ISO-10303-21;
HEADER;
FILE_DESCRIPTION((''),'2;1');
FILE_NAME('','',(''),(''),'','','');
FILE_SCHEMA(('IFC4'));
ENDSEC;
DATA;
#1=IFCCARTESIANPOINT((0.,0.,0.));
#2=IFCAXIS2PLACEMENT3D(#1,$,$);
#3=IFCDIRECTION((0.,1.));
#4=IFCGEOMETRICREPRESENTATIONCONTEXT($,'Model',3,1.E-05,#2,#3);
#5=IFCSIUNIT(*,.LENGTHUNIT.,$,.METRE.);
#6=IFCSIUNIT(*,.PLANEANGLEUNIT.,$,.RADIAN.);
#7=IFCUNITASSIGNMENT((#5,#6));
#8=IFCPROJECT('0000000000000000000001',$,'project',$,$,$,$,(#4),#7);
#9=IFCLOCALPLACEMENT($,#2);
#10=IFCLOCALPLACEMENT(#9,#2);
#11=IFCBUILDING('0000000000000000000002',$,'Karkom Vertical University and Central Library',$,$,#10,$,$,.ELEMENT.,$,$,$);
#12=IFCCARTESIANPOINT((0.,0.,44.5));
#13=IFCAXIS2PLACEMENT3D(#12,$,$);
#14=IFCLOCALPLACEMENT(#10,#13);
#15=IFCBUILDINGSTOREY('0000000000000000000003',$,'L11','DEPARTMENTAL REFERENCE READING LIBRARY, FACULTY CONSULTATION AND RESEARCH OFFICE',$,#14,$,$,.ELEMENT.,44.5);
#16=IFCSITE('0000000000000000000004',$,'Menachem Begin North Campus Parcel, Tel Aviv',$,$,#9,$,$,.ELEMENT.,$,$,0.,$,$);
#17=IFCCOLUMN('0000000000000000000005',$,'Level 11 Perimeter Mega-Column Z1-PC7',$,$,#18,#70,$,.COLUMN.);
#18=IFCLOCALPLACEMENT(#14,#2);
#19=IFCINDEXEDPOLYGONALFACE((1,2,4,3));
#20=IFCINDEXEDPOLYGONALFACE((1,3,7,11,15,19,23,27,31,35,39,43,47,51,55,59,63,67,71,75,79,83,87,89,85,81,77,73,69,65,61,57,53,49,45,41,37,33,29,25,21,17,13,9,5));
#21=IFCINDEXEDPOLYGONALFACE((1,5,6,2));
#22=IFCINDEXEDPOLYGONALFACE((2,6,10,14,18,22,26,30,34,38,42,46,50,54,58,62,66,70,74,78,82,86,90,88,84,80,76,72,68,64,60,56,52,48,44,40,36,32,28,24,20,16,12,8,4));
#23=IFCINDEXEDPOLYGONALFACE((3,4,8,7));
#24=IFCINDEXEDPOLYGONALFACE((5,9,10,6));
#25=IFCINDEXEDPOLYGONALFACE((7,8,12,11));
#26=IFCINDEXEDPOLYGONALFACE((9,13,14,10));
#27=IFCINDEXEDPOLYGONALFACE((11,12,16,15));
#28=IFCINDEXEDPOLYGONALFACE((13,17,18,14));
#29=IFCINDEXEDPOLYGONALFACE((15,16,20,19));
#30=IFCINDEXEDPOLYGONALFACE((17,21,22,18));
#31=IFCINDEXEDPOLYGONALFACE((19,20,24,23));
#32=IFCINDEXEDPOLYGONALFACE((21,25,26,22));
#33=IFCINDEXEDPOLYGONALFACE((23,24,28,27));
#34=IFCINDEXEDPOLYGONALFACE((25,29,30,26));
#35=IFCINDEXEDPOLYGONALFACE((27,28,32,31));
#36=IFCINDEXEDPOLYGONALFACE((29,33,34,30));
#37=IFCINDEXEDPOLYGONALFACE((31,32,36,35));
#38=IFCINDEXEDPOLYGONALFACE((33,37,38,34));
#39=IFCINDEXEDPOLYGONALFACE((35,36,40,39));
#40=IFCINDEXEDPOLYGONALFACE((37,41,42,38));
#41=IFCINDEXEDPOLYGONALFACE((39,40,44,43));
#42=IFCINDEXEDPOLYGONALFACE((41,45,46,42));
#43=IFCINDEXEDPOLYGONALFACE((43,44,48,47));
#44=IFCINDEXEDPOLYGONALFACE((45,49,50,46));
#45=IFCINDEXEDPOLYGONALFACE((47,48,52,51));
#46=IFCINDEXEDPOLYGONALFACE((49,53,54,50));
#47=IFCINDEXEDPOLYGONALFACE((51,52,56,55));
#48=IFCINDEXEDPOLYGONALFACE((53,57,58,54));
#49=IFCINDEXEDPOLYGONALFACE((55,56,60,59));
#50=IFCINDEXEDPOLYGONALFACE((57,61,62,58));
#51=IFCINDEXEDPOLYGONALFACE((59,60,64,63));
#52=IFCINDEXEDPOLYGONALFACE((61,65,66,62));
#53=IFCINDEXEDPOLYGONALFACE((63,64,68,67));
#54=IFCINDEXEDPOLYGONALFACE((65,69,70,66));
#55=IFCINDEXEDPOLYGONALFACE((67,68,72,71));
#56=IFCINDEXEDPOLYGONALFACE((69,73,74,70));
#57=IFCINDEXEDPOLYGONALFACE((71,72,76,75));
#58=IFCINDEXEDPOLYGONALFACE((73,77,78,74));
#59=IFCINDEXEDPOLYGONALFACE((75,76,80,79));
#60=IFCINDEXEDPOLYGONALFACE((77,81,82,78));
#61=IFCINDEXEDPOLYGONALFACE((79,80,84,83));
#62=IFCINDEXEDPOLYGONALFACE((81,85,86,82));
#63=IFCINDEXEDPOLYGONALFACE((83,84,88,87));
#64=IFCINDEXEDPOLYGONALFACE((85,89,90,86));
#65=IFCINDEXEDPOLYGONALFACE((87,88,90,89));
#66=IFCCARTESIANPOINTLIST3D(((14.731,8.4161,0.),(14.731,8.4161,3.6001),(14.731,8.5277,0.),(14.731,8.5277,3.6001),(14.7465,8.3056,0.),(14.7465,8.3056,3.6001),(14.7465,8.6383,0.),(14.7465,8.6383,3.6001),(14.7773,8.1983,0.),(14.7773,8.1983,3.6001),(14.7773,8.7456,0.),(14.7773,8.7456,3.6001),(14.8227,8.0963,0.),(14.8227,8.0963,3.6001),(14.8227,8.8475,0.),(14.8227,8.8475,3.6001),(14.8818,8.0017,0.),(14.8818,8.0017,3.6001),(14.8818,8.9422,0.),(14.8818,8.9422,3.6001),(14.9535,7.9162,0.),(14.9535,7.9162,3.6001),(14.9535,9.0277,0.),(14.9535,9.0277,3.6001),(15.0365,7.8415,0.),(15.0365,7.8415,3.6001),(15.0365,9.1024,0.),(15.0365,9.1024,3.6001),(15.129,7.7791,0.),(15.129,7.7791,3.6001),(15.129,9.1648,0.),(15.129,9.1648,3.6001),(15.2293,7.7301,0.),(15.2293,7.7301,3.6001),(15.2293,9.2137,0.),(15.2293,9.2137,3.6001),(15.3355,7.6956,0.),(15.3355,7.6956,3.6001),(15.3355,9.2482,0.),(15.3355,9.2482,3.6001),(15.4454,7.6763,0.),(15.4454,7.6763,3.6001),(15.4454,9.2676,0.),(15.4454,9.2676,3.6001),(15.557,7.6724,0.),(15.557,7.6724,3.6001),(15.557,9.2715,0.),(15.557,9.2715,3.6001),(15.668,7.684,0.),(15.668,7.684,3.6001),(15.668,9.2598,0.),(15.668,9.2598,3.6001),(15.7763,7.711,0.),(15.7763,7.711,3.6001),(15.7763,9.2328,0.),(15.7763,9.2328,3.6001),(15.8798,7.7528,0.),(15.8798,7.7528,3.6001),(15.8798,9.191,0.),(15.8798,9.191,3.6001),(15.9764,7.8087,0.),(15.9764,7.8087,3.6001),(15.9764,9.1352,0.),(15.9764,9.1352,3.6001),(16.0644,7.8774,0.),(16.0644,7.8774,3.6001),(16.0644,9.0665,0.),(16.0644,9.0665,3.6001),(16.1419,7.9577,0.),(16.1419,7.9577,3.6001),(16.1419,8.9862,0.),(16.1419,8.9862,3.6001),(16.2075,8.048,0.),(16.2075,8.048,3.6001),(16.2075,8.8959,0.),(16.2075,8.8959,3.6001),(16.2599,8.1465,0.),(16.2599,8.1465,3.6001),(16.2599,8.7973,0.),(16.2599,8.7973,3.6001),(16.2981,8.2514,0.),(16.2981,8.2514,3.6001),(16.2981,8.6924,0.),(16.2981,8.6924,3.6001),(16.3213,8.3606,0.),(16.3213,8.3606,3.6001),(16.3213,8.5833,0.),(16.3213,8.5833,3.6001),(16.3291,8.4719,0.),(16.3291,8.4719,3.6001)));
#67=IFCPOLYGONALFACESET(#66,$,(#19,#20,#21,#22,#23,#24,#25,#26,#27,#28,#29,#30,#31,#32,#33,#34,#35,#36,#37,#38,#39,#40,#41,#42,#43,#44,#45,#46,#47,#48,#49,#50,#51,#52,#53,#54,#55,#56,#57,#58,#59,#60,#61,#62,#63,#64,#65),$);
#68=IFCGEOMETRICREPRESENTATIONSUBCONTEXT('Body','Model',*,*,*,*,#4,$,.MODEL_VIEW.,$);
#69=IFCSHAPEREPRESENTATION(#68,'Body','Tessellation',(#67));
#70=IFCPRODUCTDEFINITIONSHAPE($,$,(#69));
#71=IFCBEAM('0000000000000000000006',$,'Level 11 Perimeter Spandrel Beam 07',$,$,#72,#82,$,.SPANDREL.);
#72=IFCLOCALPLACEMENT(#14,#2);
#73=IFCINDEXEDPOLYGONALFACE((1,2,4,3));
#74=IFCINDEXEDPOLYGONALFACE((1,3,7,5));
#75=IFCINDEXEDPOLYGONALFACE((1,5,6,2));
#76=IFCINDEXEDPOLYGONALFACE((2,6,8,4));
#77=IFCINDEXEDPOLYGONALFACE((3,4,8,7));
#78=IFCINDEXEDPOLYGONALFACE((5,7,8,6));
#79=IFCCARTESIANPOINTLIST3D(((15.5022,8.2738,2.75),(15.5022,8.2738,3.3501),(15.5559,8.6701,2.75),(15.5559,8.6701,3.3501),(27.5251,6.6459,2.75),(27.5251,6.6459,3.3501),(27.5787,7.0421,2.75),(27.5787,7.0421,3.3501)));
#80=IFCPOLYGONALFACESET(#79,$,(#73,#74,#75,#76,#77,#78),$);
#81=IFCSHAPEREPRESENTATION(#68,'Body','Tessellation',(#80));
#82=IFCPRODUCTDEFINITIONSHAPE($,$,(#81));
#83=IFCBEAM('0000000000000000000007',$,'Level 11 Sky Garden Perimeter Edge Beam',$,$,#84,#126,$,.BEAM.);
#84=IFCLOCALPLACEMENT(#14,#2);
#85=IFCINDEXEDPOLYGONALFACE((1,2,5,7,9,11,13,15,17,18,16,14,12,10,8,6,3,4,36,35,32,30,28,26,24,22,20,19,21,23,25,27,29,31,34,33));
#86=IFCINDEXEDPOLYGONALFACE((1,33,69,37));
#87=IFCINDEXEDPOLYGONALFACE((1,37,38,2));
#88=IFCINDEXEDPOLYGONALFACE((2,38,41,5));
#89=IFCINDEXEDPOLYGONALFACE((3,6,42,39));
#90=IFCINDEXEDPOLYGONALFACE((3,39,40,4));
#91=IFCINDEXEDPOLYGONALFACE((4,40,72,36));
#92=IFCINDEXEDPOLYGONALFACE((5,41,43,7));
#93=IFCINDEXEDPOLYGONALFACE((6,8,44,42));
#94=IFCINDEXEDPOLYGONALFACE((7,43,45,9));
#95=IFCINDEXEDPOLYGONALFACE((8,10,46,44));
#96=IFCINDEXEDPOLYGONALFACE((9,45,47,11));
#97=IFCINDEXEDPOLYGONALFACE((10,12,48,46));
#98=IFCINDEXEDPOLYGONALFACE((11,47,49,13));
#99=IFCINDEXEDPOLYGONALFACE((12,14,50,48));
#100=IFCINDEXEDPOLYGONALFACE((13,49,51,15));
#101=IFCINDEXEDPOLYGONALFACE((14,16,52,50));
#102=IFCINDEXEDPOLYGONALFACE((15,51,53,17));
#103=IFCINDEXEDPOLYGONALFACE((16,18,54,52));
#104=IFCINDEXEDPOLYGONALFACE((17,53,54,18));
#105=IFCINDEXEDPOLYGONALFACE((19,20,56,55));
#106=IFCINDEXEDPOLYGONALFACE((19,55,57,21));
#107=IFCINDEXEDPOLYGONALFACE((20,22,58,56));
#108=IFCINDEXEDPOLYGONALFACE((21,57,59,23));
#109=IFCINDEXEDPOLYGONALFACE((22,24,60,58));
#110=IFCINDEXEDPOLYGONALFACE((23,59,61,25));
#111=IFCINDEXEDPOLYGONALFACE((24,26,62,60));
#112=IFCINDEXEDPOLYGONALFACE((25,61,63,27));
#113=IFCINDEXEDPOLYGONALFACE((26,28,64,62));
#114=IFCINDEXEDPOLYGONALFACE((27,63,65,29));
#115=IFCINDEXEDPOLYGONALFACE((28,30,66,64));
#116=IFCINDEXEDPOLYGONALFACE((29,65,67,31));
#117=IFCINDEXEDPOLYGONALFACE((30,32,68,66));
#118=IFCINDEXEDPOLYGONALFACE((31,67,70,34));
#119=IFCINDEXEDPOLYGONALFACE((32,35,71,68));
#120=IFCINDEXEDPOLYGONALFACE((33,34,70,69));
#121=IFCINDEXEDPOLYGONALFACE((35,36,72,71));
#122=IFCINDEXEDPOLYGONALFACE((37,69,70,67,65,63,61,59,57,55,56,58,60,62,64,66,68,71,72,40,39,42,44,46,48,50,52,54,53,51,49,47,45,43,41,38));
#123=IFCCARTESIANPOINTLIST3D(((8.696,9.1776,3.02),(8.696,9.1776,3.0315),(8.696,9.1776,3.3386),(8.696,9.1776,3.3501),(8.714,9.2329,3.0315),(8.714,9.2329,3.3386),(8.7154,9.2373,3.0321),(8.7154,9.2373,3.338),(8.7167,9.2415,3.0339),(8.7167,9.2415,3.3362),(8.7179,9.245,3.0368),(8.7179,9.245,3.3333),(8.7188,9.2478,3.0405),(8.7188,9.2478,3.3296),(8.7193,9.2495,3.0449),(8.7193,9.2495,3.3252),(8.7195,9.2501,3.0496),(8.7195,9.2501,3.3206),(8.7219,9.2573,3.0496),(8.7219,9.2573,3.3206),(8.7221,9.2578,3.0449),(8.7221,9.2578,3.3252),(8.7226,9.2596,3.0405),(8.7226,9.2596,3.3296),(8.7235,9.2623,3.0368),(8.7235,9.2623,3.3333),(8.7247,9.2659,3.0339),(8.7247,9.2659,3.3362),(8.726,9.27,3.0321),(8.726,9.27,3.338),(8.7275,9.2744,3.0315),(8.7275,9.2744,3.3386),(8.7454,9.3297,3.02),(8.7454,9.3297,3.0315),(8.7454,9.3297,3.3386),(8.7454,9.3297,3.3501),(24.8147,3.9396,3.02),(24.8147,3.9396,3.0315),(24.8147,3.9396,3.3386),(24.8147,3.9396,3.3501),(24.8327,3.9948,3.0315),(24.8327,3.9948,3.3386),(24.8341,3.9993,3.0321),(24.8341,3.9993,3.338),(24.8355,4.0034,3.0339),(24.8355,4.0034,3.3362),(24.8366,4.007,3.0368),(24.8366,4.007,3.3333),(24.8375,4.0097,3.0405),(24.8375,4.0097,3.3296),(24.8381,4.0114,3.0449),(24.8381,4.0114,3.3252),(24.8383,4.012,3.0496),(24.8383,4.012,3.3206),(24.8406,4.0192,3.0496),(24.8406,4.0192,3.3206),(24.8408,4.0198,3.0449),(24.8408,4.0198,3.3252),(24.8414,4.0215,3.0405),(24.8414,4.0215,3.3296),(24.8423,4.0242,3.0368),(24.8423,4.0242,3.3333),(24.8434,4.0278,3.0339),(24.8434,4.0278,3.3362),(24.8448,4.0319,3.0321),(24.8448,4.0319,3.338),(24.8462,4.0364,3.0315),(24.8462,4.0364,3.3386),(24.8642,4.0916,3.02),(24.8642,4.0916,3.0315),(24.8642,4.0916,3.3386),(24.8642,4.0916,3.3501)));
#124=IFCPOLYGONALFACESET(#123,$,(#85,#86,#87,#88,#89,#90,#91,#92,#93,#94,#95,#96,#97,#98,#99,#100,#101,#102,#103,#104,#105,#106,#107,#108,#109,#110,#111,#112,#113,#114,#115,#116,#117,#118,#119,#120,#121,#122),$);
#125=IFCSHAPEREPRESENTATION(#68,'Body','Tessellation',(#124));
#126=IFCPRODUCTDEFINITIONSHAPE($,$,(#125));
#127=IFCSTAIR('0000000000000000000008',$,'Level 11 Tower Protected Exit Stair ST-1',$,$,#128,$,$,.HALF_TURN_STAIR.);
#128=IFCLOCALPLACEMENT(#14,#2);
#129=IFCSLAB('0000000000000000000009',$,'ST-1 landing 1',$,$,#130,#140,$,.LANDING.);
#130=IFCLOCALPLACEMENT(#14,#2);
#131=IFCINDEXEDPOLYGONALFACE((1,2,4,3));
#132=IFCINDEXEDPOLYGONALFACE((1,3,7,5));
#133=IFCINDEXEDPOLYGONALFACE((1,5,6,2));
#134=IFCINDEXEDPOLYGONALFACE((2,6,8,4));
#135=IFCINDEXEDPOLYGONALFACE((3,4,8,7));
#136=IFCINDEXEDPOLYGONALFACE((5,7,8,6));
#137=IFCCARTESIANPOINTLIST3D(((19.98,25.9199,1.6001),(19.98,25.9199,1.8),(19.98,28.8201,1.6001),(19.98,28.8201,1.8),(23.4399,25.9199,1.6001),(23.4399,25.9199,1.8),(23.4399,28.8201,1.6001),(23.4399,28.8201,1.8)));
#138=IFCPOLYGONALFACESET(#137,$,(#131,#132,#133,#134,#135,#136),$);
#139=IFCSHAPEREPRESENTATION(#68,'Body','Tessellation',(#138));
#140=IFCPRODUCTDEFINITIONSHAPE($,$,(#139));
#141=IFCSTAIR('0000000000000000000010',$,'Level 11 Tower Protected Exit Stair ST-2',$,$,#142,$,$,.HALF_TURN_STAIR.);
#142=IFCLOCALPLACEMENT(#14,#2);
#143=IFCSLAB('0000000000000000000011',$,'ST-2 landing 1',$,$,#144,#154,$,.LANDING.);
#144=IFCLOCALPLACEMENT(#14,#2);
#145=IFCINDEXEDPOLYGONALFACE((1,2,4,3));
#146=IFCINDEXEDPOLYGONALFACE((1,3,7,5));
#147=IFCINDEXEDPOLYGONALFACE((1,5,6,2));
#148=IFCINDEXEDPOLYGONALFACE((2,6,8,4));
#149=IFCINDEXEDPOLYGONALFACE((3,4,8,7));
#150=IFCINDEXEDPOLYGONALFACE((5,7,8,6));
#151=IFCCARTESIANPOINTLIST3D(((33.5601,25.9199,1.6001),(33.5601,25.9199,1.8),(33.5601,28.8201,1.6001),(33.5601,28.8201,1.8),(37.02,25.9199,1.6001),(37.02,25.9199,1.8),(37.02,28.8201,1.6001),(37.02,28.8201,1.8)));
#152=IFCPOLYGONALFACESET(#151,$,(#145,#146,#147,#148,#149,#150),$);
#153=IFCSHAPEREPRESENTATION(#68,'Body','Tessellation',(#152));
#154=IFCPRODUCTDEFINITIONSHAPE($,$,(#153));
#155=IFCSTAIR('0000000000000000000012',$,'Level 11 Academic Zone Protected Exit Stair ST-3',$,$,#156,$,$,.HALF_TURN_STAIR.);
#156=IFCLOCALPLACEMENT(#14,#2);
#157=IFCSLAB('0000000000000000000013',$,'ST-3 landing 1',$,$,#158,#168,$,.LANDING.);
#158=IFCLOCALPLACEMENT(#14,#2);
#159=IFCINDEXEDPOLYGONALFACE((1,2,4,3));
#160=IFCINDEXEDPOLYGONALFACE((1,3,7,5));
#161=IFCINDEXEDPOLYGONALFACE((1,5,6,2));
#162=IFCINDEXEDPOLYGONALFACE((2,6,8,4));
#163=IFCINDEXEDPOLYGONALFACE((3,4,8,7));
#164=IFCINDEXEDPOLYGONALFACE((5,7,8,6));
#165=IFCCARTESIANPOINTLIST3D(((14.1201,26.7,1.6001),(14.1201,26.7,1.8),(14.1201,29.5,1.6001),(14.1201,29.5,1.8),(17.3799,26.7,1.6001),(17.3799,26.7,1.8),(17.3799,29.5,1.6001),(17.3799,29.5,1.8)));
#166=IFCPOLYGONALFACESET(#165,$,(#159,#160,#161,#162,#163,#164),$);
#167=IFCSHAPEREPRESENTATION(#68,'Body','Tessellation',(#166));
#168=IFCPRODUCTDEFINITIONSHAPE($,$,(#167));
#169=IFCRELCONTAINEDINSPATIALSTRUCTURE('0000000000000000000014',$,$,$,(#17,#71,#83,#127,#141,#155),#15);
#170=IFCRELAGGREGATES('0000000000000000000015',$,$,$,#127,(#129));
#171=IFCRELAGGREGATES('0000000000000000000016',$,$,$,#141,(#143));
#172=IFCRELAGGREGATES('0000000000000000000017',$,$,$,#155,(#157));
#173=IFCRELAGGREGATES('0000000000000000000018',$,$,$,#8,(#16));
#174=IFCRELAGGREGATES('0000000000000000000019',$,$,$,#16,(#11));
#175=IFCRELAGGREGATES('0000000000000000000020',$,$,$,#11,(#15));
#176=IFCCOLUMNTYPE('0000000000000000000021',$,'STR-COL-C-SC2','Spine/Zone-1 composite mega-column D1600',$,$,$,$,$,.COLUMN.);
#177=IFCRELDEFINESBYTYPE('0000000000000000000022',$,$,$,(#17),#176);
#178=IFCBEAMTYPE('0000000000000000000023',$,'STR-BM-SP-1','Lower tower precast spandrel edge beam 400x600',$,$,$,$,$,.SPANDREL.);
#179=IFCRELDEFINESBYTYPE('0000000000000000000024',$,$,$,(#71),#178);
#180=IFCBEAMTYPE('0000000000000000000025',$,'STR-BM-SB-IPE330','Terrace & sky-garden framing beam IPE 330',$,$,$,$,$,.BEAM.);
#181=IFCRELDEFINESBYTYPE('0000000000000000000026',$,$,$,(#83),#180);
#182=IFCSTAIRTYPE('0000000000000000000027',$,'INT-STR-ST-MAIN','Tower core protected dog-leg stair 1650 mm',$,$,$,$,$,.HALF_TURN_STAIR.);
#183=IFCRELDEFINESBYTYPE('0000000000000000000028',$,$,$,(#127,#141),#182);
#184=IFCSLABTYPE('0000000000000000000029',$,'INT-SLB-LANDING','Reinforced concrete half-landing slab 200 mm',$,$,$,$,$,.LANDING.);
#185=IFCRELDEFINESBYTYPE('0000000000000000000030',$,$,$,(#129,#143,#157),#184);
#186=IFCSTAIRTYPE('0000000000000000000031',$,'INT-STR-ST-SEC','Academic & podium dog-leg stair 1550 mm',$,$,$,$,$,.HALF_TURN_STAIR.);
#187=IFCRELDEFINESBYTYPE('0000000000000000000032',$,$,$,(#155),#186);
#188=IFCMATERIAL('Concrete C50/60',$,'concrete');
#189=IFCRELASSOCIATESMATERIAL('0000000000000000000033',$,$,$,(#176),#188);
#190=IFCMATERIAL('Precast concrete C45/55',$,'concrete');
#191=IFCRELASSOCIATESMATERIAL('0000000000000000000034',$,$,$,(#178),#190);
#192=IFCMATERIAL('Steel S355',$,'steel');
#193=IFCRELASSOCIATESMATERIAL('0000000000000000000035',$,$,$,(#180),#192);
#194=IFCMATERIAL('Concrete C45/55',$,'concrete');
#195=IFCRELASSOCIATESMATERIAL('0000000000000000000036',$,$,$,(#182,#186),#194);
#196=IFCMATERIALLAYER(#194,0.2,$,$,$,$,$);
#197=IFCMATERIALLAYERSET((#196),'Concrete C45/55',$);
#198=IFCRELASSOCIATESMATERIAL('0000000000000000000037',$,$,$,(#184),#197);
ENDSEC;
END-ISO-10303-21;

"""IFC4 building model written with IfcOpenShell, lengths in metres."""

from ifc_helpers import new_model, si_unit, direction, frame, origin, origin_with_axes, origin_2d, place, context, subcontext, project, spatial, polyline, rectangle, circle, i_section, outline, extrude, source, transform, mapped, material, layer, layer_set, material_profile, profile_set, type_object, element, aggregate, save


model = new_model("IFC4")

# Units and contexts
model_context = context("Model", 3, precision=1e-05, world=origin(), true_north=direction((0.0, 1.0)))
body_context = subcontext(model_context, "Body", "Model", "MODEL_VIEW")
ifc_project = project(units=[si_unit("LENGTHUNIT", "METRE"), si_unit("PLANEANGLEUNIT", "RADIAN")], contexts=[model_context])

# Site, building, storey
site_placement = place(None, origin())
site = spatial("IfcSite", under=ifc_project, at=site_placement, Name="Menachem Begin North Campus Parcel, Tel Aviv", CompositionType="ELEMENT", RefElevation=0.0)
building_placement = place(site_placement, origin())
building = spatial("IfcBuilding", under=site, at=building_placement, Name="Karkom Vertical University and Central Library", CompositionType="ELEMENT")
storey_placement = place(building_placement, frame((0.0, 0.0, 44.5)))
storey = spatial("IfcBuildingStorey", under=building, at=storey_placement, Name="L11", Description="DEPARTMENTAL REFERENCE READING LIBRARY, FACULTY CONSULTATION AND RESEARCH OFFICE", CompositionType="ELEMENT", Elevation=44.5)

# Column
ifc_material_1 = material(Name="Concrete C50/60", Category="concrete")
ifc_material_profile_1 = material_profile(ifc_material_1, circle(Radius=0.8, at=origin_2d()), Name="CFT-D1600")
ifc_profile_set_1 = profile_set([ifc_material_profile_1], Name="Concrete C50/60")
column_type = type_object("IfcColumnType", Name="STR-COL-C-SC2", Description="Spine/Zone-1 composite mega-column D1600", PredefinedType="COLUMN", material=ifc_profile_set_1)
shared_shape_1 = source(origin_with_axes(), body_context, "Body", "SweptSolid", [
    extrude(circle(Radius=0.8, at=origin_2d()), origin(), (0.0, 0.0, 1.0), 3.6001),
])
column_placement = place(storey_placement, frame((15.5291, 8.4719, 0.0), z_axis=(0.0, 0.0, 1.0), x_axis=(1.0, 0.0, 0.0)))
element("IfcColumn", 1, at=column_placement, inside=storey, type_object=column_type, Name="Level 11 Perimeter Mega-Column Z1-PC7", PredefinedType="COLUMN", context=body_context, shape_type="MappedRepresentation", body=[
    mapped(shared_shape_1, transform((0.0, 0.0, 0.0), scale=1.0)),
])

# Beams
ifc_material_2 = material(Name="Precast concrete C45/55", Category="concrete")
ifc_material_profile_2 = material_profile(ifc_material_2, rectangle(XDim=0.3999, YDim=0.6001, at=origin_2d()), Name="SPB-400x600")
ifc_profile_set_2 = profile_set([ifc_material_profile_2], Name="Precast concrete C45/55")
beam_type_1 = type_object("IfcBeamType", Name="STR-BM-SP-1", Description="Lower tower precast spandrel edge beam 400x600", PredefinedType="SPANDREL", material=ifc_profile_set_2)
shared_shape_2 = source(origin_with_axes(), body_context, "Body", "SweptSolid", [
    extrude(rectangle(XDim=0.3999, YDim=0.6001, at=origin_2d()), origin(), (0.0, 0.0, 1.0), 12.1326),
])
beam_1_placement = place(storey_placement, frame((15.5291, 8.4719, 3.05), z_axis=(0.990957, -0.134177, 0.0), x_axis=(0.134177, 0.990957, 0.0)))
element("IfcBeam", 2, at=beam_1_placement, inside=storey, type_object=beam_type_1, Name="Level 11 Perimeter Spandrel Beam 07", PredefinedType="SPANDREL", context=body_context, shape_type="MappedRepresentation", body=[
    mapped(shared_shape_2, transform((0.0, 0.0, 0.0), scale=1.0)),
])
ifc_material_3 = material(Name="Steel S355", Category="steel")
ifc_material_profile_3 = material_profile(ifc_material_3, i_section(OverallWidth=0.1599, OverallDepth=0.3301, WebThickness=0.0076, FlangeThickness=0.0115, FilletRadius=0.0181, at=origin_2d()), Name="IPE 330")
ifc_profile_set_3 = profile_set([ifc_material_profile_3], Name="Steel S355")
beam_type_2 = type_object("IfcBeamType", Name="STR-BM-SB-IPE330", Description="Terrace & sky-garden framing beam IPE 330", PredefinedType="BEAM", material=ifc_profile_set_3)
shared_shape_3 = source(origin_with_axes(), body_context, "Body", "SweptSolid", [
    extrude(i_section(OverallWidth=0.1599, OverallDepth=0.3301, WebThickness=0.0076, FlangeThickness=0.0115, FilletRadius=0.0181, at=origin_2d()), origin(), (0.0, 0.0, 1.0), 16.9485),
])
beam_2_placement = place(storey_placement, frame((8.7207, 9.2537, 3.1851), z_axis=(0.951043, -0.309058, 0.0), x_axis=(0.309058, 0.951043, 0.0)))
element("IfcBeam", 3, at=beam_2_placement, inside=storey, type_object=beam_type_2, Name="Level 11 Sky Garden Perimeter Edge Beam", PredefinedType="BEAM", context=body_context, shape_type="MappedRepresentation", body=[
    mapped(shared_shape_3, transform((0.0, 0.0, 0.0), scale=1.0)),
])

# Stairs, slabs
ifc_material_4 = material(Name="Concrete C45/55", Category="concrete")
stair_type_1 = type_object("IfcStairType", Name="INT-STR-ST-MAIN", Description="Tower core protected dog-leg stair 1650 mm", PredefinedType="HALF_TURN_STAIR", material=ifc_material_4)
stair_1_placement = place(storey_placement, origin())
stair_1 = element("IfcStair", 4, at=stair_1_placement, inside=storey, type_object=stair_type_1, Name="Level 11 Tower Protected Exit Stair ST-1", PredefinedType="HALF_TURN_STAIR")
ifc_layer_1 = layer(ifc_material_4, 0.2)
ifc_layer_set_1 = layer_set([ifc_layer_1], Name="Concrete C45/55")
slab_type_1 = type_object("IfcSlabType", Name="INT-SLB-LANDING", Description="Reinforced concrete half-landing slab 200 mm", PredefinedType="LANDING", material=ifc_layer_set_1)
slab_1_placement = place(storey_placement, frame((0.0, 0.0, 1.6001)))
slab_1 = element("IfcSlab", 5, at=slab_1_placement, type_object=slab_type_1, Name="ST-1 landing 1", PredefinedType="LANDING", context=body_context, shape_type="SweptSolid", body=[
    extrude(outline(polyline([(23.4399, 25.9199), (23.4399, 28.8201), (19.98, 28.8201), (19.98, 25.9199), (23.4399, 25.9199)])), origin(), (0.0, 0.0, 1.0), 0.2),
])
aggregate(stair_1, [slab_1])
stair_2_placement = place(storey_placement, origin())
stair_2 = element("IfcStair", 6, at=stair_2_placement, inside=storey, type_object=stair_type_1, Name="Level 11 Tower Protected Exit Stair ST-2", PredefinedType="HALF_TURN_STAIR")
slab_2_placement = place(storey_placement, frame((0.0, 0.0, 1.6001)))
slab_2 = element("IfcSlab", 7, at=slab_2_placement, type_object=slab_type_1, Name="ST-2 landing 1", PredefinedType="LANDING", context=body_context, shape_type="SweptSolid", body=[
    extrude(outline(polyline([(37.02, 25.9199), (37.02, 28.8201), (33.5601, 28.8201), (33.5601, 25.9199), (37.02, 25.9199)])), origin(), (0.0, 0.0, 1.0), 0.2),
])
aggregate(stair_2, [slab_2])
stair_type_2 = type_object("IfcStairType", Name="INT-STR-ST-SEC", Description="Academic & podium dog-leg stair 1550 mm", PredefinedType="HALF_TURN_STAIR", material=ifc_material_4)
stair_3_placement = place(storey_placement, origin())
stair_3 = element("IfcStair", 8, at=stair_3_placement, inside=storey, type_object=stair_type_2, Name="Level 11 Academic Zone Protected Exit Stair ST-3", PredefinedType="HALF_TURN_STAIR")
slab_3_placement = place(storey_placement, frame((0.0, 0.0, 1.6001)))
slab_3 = element("IfcSlab", 9, at=slab_3_placement, type_object=slab_type_1, Name="ST-3 landing 1", PredefinedType="LANDING", context=body_context, shape_type="SweptSolid", body=[
    extrude(outline(polyline([(17.3799, 26.7), (17.3799, 29.5), (14.1201, 29.5), (14.1201, 26.7), (17.3799, 26.7)])), origin(), (0.0, 0.0, 1.0), 0.2),
])
aggregate(stair_3, [slab_3])

save(model, "model.ifc")
